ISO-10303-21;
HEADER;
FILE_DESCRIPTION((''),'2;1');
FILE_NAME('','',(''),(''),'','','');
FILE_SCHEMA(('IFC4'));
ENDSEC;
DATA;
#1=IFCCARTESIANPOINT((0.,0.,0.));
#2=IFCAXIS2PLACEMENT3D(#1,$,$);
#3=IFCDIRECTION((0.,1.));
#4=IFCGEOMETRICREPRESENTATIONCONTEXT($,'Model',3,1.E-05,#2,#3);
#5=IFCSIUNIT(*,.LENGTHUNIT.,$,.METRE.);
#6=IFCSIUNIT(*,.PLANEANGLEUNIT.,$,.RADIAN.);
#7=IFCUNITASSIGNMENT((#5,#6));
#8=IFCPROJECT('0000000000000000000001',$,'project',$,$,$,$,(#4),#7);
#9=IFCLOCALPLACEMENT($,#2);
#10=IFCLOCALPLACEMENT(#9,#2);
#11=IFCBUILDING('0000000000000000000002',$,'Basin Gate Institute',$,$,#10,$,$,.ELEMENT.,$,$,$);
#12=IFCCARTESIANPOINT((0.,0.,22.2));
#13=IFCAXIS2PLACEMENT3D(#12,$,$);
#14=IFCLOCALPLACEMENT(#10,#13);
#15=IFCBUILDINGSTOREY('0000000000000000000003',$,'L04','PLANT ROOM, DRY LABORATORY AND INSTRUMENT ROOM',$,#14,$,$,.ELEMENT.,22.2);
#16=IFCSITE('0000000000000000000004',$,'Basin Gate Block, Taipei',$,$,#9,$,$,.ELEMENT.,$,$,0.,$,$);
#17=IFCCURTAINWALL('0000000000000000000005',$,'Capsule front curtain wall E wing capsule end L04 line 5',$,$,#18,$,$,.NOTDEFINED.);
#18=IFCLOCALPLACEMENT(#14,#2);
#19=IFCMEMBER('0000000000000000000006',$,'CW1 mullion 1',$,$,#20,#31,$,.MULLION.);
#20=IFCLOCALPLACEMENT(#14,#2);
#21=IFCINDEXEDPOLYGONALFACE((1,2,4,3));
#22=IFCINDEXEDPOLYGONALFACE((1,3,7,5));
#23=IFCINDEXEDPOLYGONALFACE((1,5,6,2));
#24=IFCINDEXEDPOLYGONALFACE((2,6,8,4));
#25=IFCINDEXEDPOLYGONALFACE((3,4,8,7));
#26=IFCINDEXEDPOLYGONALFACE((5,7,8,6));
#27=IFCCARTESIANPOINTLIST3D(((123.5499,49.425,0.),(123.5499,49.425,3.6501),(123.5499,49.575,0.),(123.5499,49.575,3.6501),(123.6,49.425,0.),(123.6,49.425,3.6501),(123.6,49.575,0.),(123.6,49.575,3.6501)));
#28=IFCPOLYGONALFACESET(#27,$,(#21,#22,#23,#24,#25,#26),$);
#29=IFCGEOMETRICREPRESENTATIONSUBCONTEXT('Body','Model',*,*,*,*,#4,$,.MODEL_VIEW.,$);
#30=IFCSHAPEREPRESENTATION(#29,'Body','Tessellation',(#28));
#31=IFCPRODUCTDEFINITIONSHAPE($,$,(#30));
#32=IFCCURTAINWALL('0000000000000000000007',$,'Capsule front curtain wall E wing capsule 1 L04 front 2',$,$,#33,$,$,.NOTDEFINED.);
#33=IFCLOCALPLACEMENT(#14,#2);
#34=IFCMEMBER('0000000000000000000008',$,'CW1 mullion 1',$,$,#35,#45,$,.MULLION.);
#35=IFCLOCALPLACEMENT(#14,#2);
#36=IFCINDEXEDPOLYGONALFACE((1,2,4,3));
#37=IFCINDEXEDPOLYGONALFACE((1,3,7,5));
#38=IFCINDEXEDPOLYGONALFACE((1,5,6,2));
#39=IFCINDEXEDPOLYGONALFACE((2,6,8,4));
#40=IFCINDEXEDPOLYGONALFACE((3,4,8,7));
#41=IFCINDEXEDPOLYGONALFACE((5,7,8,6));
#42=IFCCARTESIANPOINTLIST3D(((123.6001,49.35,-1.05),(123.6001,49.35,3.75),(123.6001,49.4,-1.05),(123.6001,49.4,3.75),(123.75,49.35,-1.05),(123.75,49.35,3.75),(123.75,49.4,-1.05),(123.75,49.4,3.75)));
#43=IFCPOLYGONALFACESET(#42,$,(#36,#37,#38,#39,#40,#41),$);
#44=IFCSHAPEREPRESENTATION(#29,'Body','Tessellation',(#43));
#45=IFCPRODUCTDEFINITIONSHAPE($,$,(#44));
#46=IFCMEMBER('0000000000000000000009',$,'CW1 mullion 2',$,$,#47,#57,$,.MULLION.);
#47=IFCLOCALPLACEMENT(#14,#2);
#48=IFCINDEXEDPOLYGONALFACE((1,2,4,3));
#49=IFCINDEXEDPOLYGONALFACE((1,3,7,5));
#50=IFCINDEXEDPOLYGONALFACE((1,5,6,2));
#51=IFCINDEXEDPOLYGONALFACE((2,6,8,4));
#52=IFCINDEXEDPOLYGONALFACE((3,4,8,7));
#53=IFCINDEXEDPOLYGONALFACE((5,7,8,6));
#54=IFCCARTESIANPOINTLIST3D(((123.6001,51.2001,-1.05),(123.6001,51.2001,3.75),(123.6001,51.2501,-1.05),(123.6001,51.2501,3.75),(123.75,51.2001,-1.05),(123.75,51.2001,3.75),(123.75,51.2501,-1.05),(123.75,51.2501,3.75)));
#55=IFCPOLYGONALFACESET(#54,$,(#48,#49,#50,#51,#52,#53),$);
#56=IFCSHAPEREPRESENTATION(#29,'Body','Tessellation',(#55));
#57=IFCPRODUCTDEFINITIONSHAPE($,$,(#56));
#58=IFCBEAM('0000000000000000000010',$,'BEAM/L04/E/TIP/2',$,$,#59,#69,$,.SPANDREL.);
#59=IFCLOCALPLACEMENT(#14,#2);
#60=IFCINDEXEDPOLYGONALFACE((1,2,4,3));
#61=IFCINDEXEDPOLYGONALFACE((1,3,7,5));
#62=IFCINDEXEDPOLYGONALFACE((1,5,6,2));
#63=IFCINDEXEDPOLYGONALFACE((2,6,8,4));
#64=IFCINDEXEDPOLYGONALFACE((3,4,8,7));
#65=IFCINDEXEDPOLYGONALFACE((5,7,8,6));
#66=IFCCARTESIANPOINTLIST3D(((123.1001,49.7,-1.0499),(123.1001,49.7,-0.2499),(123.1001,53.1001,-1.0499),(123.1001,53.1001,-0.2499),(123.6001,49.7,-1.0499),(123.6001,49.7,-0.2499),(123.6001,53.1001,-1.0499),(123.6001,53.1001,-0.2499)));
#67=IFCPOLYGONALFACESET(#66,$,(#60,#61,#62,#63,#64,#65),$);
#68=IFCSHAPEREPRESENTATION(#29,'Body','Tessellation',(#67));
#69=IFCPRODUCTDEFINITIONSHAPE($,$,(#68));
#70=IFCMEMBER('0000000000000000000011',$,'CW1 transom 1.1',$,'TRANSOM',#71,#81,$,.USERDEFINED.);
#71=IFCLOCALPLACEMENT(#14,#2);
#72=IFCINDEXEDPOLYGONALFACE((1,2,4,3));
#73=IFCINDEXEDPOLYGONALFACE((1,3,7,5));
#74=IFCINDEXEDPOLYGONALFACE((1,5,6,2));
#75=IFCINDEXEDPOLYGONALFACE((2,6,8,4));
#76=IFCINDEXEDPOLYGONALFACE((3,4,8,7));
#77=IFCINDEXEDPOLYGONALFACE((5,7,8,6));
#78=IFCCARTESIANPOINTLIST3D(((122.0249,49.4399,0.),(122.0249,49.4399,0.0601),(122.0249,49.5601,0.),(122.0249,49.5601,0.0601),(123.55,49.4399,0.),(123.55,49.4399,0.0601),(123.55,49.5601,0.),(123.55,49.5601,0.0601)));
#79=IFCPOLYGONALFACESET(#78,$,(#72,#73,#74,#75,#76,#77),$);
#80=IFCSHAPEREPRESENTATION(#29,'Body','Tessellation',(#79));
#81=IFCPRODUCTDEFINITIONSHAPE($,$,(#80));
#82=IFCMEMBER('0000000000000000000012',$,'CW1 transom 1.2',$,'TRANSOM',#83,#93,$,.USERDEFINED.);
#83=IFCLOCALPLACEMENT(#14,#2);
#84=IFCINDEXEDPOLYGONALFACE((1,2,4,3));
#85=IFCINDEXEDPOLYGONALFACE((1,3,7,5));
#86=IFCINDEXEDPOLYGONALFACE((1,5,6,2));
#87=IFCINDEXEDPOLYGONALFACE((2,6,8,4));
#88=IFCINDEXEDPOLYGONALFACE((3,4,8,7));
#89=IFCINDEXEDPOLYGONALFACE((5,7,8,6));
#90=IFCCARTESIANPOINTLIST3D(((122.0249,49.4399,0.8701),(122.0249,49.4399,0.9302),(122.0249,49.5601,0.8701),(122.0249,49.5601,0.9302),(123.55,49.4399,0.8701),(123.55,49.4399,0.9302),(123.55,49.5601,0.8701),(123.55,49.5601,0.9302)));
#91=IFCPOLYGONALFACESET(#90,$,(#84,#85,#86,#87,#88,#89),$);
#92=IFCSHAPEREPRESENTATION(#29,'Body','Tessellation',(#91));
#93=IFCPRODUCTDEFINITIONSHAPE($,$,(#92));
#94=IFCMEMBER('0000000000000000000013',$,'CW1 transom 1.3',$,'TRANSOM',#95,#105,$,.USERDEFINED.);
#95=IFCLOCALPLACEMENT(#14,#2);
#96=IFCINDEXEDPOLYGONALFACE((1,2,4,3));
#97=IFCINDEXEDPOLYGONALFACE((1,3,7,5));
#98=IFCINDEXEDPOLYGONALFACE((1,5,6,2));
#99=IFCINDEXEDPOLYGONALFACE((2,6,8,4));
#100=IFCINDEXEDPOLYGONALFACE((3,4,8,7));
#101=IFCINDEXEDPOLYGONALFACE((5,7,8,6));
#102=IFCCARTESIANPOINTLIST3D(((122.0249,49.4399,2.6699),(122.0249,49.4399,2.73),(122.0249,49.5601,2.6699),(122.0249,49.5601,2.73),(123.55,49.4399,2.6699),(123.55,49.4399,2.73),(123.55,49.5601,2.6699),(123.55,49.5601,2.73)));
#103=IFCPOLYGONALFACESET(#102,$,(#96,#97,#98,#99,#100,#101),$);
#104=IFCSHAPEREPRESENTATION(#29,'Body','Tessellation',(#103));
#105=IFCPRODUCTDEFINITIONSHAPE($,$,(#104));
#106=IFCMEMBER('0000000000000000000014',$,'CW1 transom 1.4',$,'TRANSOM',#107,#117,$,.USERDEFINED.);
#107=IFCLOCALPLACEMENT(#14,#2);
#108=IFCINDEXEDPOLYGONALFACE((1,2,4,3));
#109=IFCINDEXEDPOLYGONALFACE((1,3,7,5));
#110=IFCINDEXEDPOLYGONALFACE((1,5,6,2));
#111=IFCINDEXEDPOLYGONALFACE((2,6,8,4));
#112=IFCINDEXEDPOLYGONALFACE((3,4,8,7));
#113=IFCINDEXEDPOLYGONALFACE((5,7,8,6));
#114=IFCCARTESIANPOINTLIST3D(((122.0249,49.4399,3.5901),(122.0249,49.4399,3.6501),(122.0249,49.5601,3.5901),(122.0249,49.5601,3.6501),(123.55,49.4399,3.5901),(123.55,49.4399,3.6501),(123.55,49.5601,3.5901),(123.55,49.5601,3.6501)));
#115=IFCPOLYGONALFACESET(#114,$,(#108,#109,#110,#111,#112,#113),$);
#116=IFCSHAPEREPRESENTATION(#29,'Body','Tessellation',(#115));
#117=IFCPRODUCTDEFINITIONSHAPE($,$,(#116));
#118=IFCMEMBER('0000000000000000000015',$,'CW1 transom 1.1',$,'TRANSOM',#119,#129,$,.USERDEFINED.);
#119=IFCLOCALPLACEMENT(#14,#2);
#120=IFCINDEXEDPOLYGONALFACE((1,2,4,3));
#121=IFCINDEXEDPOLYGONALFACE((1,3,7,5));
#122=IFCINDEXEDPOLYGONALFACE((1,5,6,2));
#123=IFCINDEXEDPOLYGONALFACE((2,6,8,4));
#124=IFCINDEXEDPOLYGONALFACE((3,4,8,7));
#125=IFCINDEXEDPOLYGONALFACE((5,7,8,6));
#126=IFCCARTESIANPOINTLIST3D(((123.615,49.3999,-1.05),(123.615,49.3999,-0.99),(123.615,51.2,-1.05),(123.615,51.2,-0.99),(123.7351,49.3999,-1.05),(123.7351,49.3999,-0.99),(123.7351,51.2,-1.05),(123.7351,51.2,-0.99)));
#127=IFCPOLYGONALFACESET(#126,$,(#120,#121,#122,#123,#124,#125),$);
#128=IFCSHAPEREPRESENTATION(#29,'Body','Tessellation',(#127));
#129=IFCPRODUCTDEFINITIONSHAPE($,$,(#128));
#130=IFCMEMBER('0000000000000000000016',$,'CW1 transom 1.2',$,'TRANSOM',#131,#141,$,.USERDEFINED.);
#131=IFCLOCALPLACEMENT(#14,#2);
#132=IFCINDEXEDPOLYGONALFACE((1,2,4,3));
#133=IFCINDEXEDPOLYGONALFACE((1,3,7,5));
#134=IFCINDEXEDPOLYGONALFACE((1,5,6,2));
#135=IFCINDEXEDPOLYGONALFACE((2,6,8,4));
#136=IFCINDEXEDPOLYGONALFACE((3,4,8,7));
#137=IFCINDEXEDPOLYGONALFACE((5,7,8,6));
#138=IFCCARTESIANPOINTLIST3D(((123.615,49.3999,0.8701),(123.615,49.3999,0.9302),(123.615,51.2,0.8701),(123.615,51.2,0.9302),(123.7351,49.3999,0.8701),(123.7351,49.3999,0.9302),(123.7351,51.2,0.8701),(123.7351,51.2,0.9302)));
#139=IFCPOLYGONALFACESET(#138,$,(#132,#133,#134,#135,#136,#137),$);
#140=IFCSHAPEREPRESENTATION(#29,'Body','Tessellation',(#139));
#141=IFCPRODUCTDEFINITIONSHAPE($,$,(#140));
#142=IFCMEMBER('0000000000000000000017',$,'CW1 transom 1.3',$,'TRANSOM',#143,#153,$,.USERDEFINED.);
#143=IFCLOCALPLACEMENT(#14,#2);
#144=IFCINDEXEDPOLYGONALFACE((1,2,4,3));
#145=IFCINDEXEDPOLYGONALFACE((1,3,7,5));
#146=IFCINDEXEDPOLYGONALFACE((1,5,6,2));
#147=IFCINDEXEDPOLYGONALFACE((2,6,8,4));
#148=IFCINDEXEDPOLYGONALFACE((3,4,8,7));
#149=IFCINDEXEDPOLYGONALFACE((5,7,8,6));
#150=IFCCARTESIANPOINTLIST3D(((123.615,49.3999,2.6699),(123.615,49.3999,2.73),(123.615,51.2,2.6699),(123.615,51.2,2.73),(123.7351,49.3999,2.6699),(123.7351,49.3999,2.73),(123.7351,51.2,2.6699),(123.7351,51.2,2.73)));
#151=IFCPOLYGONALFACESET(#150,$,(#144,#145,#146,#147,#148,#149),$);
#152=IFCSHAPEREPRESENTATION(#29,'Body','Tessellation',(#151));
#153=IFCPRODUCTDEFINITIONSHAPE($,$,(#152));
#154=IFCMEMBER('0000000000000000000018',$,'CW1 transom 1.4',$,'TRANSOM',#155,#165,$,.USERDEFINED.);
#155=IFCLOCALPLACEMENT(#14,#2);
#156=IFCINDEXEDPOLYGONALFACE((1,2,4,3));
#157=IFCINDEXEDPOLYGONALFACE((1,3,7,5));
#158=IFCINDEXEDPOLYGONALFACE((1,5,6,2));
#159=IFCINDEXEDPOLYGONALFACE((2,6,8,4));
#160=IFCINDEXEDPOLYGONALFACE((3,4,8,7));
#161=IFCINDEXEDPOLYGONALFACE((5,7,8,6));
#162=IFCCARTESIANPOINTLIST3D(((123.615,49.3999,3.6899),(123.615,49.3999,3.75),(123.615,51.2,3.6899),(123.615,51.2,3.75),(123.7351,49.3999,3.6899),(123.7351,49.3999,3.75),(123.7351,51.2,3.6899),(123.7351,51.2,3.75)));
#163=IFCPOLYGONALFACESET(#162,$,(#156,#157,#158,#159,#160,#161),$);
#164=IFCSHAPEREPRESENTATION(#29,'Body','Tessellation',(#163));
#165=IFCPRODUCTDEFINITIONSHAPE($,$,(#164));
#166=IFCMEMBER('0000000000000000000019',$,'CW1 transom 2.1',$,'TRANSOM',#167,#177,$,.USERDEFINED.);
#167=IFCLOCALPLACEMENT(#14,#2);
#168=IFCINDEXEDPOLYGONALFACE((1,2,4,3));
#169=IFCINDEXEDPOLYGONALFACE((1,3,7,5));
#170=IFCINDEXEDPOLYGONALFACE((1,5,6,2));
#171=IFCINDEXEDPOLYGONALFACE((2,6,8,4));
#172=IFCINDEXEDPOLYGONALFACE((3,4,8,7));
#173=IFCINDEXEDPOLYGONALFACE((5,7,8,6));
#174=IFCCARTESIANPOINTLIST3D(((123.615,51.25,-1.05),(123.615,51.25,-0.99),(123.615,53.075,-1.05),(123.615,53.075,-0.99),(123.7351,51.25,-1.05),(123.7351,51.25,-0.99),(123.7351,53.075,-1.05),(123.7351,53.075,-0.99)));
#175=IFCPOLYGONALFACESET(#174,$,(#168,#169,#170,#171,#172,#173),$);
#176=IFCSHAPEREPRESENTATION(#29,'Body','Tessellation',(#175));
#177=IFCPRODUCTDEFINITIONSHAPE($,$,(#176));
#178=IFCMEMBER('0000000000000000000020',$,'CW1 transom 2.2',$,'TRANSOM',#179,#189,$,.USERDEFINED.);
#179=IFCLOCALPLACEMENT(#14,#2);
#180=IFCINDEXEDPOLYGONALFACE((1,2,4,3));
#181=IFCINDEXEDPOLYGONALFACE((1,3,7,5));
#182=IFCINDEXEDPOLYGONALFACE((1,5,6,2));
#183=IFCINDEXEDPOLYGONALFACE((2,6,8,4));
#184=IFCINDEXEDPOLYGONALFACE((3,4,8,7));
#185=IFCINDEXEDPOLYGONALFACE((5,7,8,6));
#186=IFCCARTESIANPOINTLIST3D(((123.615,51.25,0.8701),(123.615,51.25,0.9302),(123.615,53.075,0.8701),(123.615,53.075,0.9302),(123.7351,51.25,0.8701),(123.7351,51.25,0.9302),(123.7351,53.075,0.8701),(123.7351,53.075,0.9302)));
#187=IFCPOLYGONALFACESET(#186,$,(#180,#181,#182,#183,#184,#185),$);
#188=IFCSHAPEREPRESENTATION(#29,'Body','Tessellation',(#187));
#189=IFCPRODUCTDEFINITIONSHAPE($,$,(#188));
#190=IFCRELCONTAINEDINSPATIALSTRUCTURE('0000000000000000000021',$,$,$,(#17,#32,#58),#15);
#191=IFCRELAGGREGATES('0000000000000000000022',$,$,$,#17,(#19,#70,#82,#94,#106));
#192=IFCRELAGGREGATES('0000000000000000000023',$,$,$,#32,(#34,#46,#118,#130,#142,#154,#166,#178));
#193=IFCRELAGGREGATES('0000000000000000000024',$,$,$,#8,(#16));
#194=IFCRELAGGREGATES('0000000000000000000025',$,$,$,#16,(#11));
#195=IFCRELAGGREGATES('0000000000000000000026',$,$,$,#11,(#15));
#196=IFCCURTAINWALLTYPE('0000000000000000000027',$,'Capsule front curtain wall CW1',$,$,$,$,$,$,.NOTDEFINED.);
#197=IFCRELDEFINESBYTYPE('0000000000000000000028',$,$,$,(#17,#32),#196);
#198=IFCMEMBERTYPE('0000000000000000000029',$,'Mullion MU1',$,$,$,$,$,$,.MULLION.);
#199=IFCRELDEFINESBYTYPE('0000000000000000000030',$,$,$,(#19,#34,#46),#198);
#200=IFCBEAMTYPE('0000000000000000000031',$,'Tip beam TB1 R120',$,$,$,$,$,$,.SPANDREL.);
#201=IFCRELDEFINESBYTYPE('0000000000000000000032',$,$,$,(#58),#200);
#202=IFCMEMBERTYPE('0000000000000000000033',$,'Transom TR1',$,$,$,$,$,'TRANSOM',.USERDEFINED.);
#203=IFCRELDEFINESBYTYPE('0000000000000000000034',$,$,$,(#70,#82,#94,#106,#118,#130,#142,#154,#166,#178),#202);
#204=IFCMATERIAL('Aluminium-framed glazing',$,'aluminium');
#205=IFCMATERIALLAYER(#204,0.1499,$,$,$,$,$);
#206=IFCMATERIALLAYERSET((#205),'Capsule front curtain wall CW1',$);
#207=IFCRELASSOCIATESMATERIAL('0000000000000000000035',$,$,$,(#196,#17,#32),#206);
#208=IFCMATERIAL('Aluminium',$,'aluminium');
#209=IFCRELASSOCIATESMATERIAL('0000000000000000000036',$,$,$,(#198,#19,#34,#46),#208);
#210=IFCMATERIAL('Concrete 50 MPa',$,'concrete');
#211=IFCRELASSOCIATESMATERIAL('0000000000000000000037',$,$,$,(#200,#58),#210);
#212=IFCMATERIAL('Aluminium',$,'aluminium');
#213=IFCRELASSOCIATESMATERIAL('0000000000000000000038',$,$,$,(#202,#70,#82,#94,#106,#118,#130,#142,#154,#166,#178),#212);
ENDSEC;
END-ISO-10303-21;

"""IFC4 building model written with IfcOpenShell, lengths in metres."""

from ifc_helpers import new_model, si_unit, direction, frame, origin, origin_2d, place, context, subcontext, project, spatial, rectangle, extrude, material, layer, layer_set, material_profile, profile_set, type_object, element, aggregate, save


model = new_model("IFC4")

# Units and contexts
model_context = context("Model", 3, precision=1e-05, world=origin(), true_north=direction((0.0, 1.0)))
body_context = subcontext(model_context, "Body", "Model", "MODEL_VIEW")
ifc_project = project(units=[si_unit("LENGTHUNIT", "METRE"), si_unit("PLANEANGLEUNIT", "RADIAN")], contexts=[model_context])

# Site, building, storey
site_placement = place(None, origin())
site = spatial("IfcSite", under=ifc_project, at=site_placement, Name="Basin Gate Block, Taipei", CompositionType="ELEMENT", RefElevation=0.0)
building_placement = place(site_placement, origin())
building = spatial("IfcBuilding", under=site, at=building_placement, Name="Basin Gate Institute", CompositionType="ELEMENT")
storey_placement = place(building_placement, frame((0.0, 0.0, 22.2)))
storey = spatial("IfcBuildingStorey", under=building, at=storey_placement, Name="L04", Description="PLANT ROOM, DRY LABORATORY AND INSTRUMENT ROOM", CompositionType="ELEMENT", Elevation=22.2)

# Curtain wall, member
ifc_material_1 = material(Name="Aluminium-framed glazing", Category="aluminium")
ifc_layer_1 = layer(ifc_material_1, 0.1499)
ifc_layer_set_1 = layer_set([ifc_layer_1], Name="Capsule front curtain wall CW1")
curtain_wall_type = type_object("IfcCurtainWallType", Name="Capsule front curtain wall CW1", PredefinedType="NOTDEFINED", material=ifc_layer_set_1)
curtain_wall_1_placement = place(storey_placement, origin())
curtain_wall_1 = element("IfcCurtainWall", 1, at=curtain_wall_1_placement, inside=storey, type_object=curtain_wall_type, material=ifc_layer_set_1, Name="Capsule front curtain wall E wing capsule end L04 line 5", PredefinedType="NOTDEFINED")
ifc_material_2 = material(Name="Aluminium", Category="aluminium")
ifc_material_profile_1 = material_profile(ifc_material_2, rectangle(XDim=0.1499, YDim=0.05, at=origin_2d()), Name="Mullion MU1 150 x 50")
ifc_profile_set_1 = profile_set([ifc_material_profile_1], Name="Aluminium")
member_type_1 = type_object("IfcMemberType", Name="Mullion MU1", PredefinedType="MULLION", material=ifc_profile_set_1)
member_1_placement = place(storey_placement, frame((123.575, 49.5, 0.0), z_axis=(0.0, 0.0, 1.0), x_axis=(0.0, -1.0, 0.0)))
member_1 = element("IfcMember", 2, at=member_1_placement, type_object=member_type_1, material=ifc_profile_set_1, Name="CW1 mullion 1", PredefinedType="MULLION", context=body_context, shape_type="SweptSolid", body=[
    extrude(rectangle(XDim=0.1499, YDim=0.05, at=origin_2d()), origin(), (0.0, 0.0, 1.0), 3.6501),
])

# Curtain wall, members
curtain_wall_2_placement = place(storey_placement, origin())
curtain_wall_2 = element("IfcCurtainWall", 3, at=curtain_wall_2_placement, inside=storey, type_object=curtain_wall_type, material=ifc_layer_set_1, Name="Capsule front curtain wall E wing capsule 1 L04 front 2", PredefinedType="NOTDEFINED")
member_2_placement = place(storey_placement, frame((123.675, 49.375, -1.05), z_axis=(0.0, 0.0, 1.0), x_axis=(-1.0, 0.0, 0.0)))
member_2 = element("IfcMember", 4, at=member_2_placement, type_object=member_type_1, material=ifc_profile_set_1, Name="CW1 mullion 1", PredefinedType="MULLION", context=body_context, shape_type="SweptSolid", body=[
    extrude(rectangle(XDim=0.1499, YDim=0.05, at=origin_2d()), origin(), (0.0, 0.0, 1.0), 4.8),
])
member_3_placement = place(storey_placement, frame((123.675, 51.2251, -1.05), z_axis=(0.0, 0.0, 1.0), x_axis=(-1.0, 0.0, 0.0)))
member_3 = element("IfcMember", 5, at=member_3_placement, type_object=member_type_1, material=ifc_profile_set_1, Name="CW1 mullion 2", PredefinedType="MULLION", context=body_context, shape_type="SweptSolid", body=[
    extrude(rectangle(XDim=0.1499, YDim=0.05, at=origin_2d()), origin(), (0.0, 0.0, 1.0), 4.8),
])

# Beam
ifc_material_3 = material(Name="Concrete 50 MPa", Category="concrete")
ifc_material_profile_2 = material_profile(ifc_material_3, rectangle(XDim=0.5, YDim=0.8, at=origin_2d()), Name="Tip beam TB1 500 x 800")
ifc_profile_set_2 = profile_set([ifc_material_profile_2], Name="Concrete 50 MPa")
beam_type = type_object("IfcBeamType", Name="Tip beam TB1 R120", PredefinedType="SPANDREL", material=ifc_profile_set_2)
beam_placement = place(storey_placement, frame((123.3501, 49.7, -0.6499), z_axis=(0.0, 1.0, 0.0), x_axis=(-1.0, 0.0, 0.0)))
element("IfcBeam", 6, at=beam_placement, inside=storey, type_object=beam_type, material=ifc_profile_set_2, Name="BEAM/L04/E/TIP/2", PredefinedType="SPANDREL", context=body_context, shape_type="SweptSolid", body=[
    extrude(rectangle(XDim=0.5, YDim=0.8, at=origin_2d()), origin(), (0.0, 0.0, 1.0), 3.4001),
])

# Members
ifc_material_4 = material(Name="Aluminium", Category="aluminium")
ifc_material_profile_3 = material_profile(ifc_material_4, rectangle(XDim=0.1201, YDim=0.0601, at=origin_2d()), Name="Transom TR1 120 x 60")
ifc_profile_set_3 = profile_set([ifc_material_profile_3], Name="Aluminium")
member_type_2 = type_object("IfcMemberType", Name="Transom TR1", ElementType="TRANSOM", PredefinedType="USERDEFINED", material=ifc_profile_set_3)
member_4_placement = place(storey_placement, frame((123.55, 49.5, 0.03), z_axis=(-1.0, 0.0, 0.0), x_axis=(0.0, -1.0, 0.0)))
member_4 = element("IfcMember", 7, at=member_4_placement, type_object=member_type_2, material=ifc_profile_set_3, Name="CW1 transom 1.1", ObjectType="TRANSOM", PredefinedType="USERDEFINED", context=body_context, shape_type="SweptSolid", body=[
    extrude(rectangle(XDim=0.1201, YDim=0.0601, at=origin_2d()), origin(), (0.0, 0.0, 1.0), 1.5251),
])
member_5_placement = place(storey_placement, frame((123.55, 49.5, 0.9001), z_axis=(-1.0, 0.0, 0.0), x_axis=(0.0, -1.0, 0.0)))
member_5 = element("IfcMember", 8, at=member_5_placement, type_object=member_type_2, material=ifc_profile_set_3, Name="CW1 transom 1.2", ObjectType="TRANSOM", PredefinedType="USERDEFINED", context=body_context, shape_type="SweptSolid", body=[
    extrude(rectangle(XDim=0.1201, YDim=0.0601, at=origin_2d()), origin(), (0.0, 0.0, 1.0), 1.5251),
])
member_6_placement = place(storey_placement, frame((123.55, 49.5, 2.7), z_axis=(-1.0, 0.0, 0.0), x_axis=(0.0, -1.0, 0.0)))
member_6 = element("IfcMember", 9, at=member_6_placement, type_object=member_type_2, material=ifc_profile_set_3, Name="CW1 transom 1.3", ObjectType="TRANSOM", PredefinedType="USERDEFINED", context=body_context, shape_type="SweptSolid", body=[
    extrude(rectangle(XDim=0.1201, YDim=0.0601, at=origin_2d()), origin(), (0.0, 0.0, 1.0), 1.5251),
])
member_7_placement = place(storey_placement, frame((123.55, 49.5, 3.6201), z_axis=(-1.0, 0.0, 0.0), x_axis=(0.0, -1.0, 0.0)))
member_7 = element("IfcMember", 10, at=member_7_placement, type_object=member_type_2, material=ifc_profile_set_3, Name="CW1 transom 1.4", ObjectType="TRANSOM", PredefinedType="USERDEFINED", context=body_context, shape_type="SweptSolid", body=[
    extrude(rectangle(XDim=0.1201, YDim=0.0601, at=origin_2d()), origin(), (0.0, 0.0, 1.0), 1.5251),
])
aggregate(curtain_wall_1, [member_1, member_4, member_5, member_6, member_7])
member_8_placement = place(storey_placement, frame((123.675, 49.3999, -1.02), z_axis=(0.0, 1.0, 0.0), x_axis=(-1.0, 0.0, 0.0)))
member_8 = element("IfcMember", 11, at=member_8_placement, type_object=member_type_2, material=ifc_profile_set_3, Name="CW1 transom 1.1", ObjectType="TRANSOM", PredefinedType="USERDEFINED", context=body_context, shape_type="SweptSolid", body=[
    extrude(rectangle(XDim=0.1201, YDim=0.0601, at=origin_2d()), origin(), (0.0, 0.0, 1.0), 1.8),
])
member_9_placement = place(storey_placement, frame((123.675, 49.3999, 0.9001), z_axis=(0.0, 1.0, 0.0), x_axis=(-1.0, 0.0, 0.0)))
member_9 = element("IfcMember", 12, at=member_9_placement, type_object=member_type_2, material=ifc_profile_set_3, Name="CW1 transom 1.2", ObjectType="TRANSOM", PredefinedType="USERDEFINED", context=body_context, shape_type="SweptSolid", body=[
    extrude(rectangle(XDim=0.1201, YDim=0.0601, at=origin_2d()), origin(), (0.0, 0.0, 1.0), 1.8),
])
member_10_placement = place(storey_placement, frame((123.675, 49.3999, 2.7), z_axis=(0.0, 1.0, 0.0), x_axis=(-1.0, 0.0, 0.0)))
member_10 = element("IfcMember", 13, at=member_10_placement, type_object=member_type_2, material=ifc_profile_set_3, Name="CW1 transom 1.3", ObjectType="TRANSOM", PredefinedType="USERDEFINED", context=body_context, shape_type="SweptSolid", body=[
    extrude(rectangle(XDim=0.1201, YDim=0.0601, at=origin_2d()), origin(), (0.0, 0.0, 1.0), 1.8),
])
member_11_placement = place(storey_placement, frame((123.675, 49.3999, 3.72), z_axis=(0.0, 1.0, 0.0), x_axis=(-1.0, 0.0, 0.0)))
member_11 = element("IfcMember", 14, at=member_11_placement, type_object=member_type_2, material=ifc_profile_set_3, Name="CW1 transom 1.4", ObjectType="TRANSOM", PredefinedType="USERDEFINED", context=body_context, shape_type="SweptSolid", body=[
    extrude(rectangle(XDim=0.1201, YDim=0.0601, at=origin_2d()), origin(), (0.0, 0.0, 1.0), 1.8),
])
member_12_placement = place(storey_placement, frame((123.675, 51.25, -1.02), z_axis=(0.0, 1.0, 0.0), x_axis=(-1.0, 0.0, 0.0)))
member_12 = element("IfcMember", 15, at=member_12_placement, type_object=member_type_2, material=ifc_profile_set_3, Name="CW1 transom 2.1", ObjectType="TRANSOM", PredefinedType="USERDEFINED", context=body_context, shape_type="SweptSolid", body=[
    extrude(rectangle(XDim=0.1201, YDim=0.0601, at=origin_2d()), origin(), (0.0, 0.0, 1.0), 1.825),
])
member_13_placement = place(storey_placement, frame((123.675, 51.25, 0.9001), z_axis=(0.0, 1.0, 0.0), x_axis=(-1.0, 0.0, 0.0)))
member_13 = element("IfcMember", 16, at=member_13_placement, type_object=member_type_2, material=ifc_profile_set_3, Name="CW1 transom 2.2", ObjectType="TRANSOM", PredefinedType="USERDEFINED", context=body_context, shape_type="SweptSolid", body=[
    extrude(rectangle(XDim=0.1201, YDim=0.0601, at=origin_2d()), origin(), (0.0, 0.0, 1.0), 1.825),
])

aggregate(curtain_wall_2, [member_2, member_3, member_8, member_9, member_10, member_11, member_12, member_13])

save(model, "model.ifc")
